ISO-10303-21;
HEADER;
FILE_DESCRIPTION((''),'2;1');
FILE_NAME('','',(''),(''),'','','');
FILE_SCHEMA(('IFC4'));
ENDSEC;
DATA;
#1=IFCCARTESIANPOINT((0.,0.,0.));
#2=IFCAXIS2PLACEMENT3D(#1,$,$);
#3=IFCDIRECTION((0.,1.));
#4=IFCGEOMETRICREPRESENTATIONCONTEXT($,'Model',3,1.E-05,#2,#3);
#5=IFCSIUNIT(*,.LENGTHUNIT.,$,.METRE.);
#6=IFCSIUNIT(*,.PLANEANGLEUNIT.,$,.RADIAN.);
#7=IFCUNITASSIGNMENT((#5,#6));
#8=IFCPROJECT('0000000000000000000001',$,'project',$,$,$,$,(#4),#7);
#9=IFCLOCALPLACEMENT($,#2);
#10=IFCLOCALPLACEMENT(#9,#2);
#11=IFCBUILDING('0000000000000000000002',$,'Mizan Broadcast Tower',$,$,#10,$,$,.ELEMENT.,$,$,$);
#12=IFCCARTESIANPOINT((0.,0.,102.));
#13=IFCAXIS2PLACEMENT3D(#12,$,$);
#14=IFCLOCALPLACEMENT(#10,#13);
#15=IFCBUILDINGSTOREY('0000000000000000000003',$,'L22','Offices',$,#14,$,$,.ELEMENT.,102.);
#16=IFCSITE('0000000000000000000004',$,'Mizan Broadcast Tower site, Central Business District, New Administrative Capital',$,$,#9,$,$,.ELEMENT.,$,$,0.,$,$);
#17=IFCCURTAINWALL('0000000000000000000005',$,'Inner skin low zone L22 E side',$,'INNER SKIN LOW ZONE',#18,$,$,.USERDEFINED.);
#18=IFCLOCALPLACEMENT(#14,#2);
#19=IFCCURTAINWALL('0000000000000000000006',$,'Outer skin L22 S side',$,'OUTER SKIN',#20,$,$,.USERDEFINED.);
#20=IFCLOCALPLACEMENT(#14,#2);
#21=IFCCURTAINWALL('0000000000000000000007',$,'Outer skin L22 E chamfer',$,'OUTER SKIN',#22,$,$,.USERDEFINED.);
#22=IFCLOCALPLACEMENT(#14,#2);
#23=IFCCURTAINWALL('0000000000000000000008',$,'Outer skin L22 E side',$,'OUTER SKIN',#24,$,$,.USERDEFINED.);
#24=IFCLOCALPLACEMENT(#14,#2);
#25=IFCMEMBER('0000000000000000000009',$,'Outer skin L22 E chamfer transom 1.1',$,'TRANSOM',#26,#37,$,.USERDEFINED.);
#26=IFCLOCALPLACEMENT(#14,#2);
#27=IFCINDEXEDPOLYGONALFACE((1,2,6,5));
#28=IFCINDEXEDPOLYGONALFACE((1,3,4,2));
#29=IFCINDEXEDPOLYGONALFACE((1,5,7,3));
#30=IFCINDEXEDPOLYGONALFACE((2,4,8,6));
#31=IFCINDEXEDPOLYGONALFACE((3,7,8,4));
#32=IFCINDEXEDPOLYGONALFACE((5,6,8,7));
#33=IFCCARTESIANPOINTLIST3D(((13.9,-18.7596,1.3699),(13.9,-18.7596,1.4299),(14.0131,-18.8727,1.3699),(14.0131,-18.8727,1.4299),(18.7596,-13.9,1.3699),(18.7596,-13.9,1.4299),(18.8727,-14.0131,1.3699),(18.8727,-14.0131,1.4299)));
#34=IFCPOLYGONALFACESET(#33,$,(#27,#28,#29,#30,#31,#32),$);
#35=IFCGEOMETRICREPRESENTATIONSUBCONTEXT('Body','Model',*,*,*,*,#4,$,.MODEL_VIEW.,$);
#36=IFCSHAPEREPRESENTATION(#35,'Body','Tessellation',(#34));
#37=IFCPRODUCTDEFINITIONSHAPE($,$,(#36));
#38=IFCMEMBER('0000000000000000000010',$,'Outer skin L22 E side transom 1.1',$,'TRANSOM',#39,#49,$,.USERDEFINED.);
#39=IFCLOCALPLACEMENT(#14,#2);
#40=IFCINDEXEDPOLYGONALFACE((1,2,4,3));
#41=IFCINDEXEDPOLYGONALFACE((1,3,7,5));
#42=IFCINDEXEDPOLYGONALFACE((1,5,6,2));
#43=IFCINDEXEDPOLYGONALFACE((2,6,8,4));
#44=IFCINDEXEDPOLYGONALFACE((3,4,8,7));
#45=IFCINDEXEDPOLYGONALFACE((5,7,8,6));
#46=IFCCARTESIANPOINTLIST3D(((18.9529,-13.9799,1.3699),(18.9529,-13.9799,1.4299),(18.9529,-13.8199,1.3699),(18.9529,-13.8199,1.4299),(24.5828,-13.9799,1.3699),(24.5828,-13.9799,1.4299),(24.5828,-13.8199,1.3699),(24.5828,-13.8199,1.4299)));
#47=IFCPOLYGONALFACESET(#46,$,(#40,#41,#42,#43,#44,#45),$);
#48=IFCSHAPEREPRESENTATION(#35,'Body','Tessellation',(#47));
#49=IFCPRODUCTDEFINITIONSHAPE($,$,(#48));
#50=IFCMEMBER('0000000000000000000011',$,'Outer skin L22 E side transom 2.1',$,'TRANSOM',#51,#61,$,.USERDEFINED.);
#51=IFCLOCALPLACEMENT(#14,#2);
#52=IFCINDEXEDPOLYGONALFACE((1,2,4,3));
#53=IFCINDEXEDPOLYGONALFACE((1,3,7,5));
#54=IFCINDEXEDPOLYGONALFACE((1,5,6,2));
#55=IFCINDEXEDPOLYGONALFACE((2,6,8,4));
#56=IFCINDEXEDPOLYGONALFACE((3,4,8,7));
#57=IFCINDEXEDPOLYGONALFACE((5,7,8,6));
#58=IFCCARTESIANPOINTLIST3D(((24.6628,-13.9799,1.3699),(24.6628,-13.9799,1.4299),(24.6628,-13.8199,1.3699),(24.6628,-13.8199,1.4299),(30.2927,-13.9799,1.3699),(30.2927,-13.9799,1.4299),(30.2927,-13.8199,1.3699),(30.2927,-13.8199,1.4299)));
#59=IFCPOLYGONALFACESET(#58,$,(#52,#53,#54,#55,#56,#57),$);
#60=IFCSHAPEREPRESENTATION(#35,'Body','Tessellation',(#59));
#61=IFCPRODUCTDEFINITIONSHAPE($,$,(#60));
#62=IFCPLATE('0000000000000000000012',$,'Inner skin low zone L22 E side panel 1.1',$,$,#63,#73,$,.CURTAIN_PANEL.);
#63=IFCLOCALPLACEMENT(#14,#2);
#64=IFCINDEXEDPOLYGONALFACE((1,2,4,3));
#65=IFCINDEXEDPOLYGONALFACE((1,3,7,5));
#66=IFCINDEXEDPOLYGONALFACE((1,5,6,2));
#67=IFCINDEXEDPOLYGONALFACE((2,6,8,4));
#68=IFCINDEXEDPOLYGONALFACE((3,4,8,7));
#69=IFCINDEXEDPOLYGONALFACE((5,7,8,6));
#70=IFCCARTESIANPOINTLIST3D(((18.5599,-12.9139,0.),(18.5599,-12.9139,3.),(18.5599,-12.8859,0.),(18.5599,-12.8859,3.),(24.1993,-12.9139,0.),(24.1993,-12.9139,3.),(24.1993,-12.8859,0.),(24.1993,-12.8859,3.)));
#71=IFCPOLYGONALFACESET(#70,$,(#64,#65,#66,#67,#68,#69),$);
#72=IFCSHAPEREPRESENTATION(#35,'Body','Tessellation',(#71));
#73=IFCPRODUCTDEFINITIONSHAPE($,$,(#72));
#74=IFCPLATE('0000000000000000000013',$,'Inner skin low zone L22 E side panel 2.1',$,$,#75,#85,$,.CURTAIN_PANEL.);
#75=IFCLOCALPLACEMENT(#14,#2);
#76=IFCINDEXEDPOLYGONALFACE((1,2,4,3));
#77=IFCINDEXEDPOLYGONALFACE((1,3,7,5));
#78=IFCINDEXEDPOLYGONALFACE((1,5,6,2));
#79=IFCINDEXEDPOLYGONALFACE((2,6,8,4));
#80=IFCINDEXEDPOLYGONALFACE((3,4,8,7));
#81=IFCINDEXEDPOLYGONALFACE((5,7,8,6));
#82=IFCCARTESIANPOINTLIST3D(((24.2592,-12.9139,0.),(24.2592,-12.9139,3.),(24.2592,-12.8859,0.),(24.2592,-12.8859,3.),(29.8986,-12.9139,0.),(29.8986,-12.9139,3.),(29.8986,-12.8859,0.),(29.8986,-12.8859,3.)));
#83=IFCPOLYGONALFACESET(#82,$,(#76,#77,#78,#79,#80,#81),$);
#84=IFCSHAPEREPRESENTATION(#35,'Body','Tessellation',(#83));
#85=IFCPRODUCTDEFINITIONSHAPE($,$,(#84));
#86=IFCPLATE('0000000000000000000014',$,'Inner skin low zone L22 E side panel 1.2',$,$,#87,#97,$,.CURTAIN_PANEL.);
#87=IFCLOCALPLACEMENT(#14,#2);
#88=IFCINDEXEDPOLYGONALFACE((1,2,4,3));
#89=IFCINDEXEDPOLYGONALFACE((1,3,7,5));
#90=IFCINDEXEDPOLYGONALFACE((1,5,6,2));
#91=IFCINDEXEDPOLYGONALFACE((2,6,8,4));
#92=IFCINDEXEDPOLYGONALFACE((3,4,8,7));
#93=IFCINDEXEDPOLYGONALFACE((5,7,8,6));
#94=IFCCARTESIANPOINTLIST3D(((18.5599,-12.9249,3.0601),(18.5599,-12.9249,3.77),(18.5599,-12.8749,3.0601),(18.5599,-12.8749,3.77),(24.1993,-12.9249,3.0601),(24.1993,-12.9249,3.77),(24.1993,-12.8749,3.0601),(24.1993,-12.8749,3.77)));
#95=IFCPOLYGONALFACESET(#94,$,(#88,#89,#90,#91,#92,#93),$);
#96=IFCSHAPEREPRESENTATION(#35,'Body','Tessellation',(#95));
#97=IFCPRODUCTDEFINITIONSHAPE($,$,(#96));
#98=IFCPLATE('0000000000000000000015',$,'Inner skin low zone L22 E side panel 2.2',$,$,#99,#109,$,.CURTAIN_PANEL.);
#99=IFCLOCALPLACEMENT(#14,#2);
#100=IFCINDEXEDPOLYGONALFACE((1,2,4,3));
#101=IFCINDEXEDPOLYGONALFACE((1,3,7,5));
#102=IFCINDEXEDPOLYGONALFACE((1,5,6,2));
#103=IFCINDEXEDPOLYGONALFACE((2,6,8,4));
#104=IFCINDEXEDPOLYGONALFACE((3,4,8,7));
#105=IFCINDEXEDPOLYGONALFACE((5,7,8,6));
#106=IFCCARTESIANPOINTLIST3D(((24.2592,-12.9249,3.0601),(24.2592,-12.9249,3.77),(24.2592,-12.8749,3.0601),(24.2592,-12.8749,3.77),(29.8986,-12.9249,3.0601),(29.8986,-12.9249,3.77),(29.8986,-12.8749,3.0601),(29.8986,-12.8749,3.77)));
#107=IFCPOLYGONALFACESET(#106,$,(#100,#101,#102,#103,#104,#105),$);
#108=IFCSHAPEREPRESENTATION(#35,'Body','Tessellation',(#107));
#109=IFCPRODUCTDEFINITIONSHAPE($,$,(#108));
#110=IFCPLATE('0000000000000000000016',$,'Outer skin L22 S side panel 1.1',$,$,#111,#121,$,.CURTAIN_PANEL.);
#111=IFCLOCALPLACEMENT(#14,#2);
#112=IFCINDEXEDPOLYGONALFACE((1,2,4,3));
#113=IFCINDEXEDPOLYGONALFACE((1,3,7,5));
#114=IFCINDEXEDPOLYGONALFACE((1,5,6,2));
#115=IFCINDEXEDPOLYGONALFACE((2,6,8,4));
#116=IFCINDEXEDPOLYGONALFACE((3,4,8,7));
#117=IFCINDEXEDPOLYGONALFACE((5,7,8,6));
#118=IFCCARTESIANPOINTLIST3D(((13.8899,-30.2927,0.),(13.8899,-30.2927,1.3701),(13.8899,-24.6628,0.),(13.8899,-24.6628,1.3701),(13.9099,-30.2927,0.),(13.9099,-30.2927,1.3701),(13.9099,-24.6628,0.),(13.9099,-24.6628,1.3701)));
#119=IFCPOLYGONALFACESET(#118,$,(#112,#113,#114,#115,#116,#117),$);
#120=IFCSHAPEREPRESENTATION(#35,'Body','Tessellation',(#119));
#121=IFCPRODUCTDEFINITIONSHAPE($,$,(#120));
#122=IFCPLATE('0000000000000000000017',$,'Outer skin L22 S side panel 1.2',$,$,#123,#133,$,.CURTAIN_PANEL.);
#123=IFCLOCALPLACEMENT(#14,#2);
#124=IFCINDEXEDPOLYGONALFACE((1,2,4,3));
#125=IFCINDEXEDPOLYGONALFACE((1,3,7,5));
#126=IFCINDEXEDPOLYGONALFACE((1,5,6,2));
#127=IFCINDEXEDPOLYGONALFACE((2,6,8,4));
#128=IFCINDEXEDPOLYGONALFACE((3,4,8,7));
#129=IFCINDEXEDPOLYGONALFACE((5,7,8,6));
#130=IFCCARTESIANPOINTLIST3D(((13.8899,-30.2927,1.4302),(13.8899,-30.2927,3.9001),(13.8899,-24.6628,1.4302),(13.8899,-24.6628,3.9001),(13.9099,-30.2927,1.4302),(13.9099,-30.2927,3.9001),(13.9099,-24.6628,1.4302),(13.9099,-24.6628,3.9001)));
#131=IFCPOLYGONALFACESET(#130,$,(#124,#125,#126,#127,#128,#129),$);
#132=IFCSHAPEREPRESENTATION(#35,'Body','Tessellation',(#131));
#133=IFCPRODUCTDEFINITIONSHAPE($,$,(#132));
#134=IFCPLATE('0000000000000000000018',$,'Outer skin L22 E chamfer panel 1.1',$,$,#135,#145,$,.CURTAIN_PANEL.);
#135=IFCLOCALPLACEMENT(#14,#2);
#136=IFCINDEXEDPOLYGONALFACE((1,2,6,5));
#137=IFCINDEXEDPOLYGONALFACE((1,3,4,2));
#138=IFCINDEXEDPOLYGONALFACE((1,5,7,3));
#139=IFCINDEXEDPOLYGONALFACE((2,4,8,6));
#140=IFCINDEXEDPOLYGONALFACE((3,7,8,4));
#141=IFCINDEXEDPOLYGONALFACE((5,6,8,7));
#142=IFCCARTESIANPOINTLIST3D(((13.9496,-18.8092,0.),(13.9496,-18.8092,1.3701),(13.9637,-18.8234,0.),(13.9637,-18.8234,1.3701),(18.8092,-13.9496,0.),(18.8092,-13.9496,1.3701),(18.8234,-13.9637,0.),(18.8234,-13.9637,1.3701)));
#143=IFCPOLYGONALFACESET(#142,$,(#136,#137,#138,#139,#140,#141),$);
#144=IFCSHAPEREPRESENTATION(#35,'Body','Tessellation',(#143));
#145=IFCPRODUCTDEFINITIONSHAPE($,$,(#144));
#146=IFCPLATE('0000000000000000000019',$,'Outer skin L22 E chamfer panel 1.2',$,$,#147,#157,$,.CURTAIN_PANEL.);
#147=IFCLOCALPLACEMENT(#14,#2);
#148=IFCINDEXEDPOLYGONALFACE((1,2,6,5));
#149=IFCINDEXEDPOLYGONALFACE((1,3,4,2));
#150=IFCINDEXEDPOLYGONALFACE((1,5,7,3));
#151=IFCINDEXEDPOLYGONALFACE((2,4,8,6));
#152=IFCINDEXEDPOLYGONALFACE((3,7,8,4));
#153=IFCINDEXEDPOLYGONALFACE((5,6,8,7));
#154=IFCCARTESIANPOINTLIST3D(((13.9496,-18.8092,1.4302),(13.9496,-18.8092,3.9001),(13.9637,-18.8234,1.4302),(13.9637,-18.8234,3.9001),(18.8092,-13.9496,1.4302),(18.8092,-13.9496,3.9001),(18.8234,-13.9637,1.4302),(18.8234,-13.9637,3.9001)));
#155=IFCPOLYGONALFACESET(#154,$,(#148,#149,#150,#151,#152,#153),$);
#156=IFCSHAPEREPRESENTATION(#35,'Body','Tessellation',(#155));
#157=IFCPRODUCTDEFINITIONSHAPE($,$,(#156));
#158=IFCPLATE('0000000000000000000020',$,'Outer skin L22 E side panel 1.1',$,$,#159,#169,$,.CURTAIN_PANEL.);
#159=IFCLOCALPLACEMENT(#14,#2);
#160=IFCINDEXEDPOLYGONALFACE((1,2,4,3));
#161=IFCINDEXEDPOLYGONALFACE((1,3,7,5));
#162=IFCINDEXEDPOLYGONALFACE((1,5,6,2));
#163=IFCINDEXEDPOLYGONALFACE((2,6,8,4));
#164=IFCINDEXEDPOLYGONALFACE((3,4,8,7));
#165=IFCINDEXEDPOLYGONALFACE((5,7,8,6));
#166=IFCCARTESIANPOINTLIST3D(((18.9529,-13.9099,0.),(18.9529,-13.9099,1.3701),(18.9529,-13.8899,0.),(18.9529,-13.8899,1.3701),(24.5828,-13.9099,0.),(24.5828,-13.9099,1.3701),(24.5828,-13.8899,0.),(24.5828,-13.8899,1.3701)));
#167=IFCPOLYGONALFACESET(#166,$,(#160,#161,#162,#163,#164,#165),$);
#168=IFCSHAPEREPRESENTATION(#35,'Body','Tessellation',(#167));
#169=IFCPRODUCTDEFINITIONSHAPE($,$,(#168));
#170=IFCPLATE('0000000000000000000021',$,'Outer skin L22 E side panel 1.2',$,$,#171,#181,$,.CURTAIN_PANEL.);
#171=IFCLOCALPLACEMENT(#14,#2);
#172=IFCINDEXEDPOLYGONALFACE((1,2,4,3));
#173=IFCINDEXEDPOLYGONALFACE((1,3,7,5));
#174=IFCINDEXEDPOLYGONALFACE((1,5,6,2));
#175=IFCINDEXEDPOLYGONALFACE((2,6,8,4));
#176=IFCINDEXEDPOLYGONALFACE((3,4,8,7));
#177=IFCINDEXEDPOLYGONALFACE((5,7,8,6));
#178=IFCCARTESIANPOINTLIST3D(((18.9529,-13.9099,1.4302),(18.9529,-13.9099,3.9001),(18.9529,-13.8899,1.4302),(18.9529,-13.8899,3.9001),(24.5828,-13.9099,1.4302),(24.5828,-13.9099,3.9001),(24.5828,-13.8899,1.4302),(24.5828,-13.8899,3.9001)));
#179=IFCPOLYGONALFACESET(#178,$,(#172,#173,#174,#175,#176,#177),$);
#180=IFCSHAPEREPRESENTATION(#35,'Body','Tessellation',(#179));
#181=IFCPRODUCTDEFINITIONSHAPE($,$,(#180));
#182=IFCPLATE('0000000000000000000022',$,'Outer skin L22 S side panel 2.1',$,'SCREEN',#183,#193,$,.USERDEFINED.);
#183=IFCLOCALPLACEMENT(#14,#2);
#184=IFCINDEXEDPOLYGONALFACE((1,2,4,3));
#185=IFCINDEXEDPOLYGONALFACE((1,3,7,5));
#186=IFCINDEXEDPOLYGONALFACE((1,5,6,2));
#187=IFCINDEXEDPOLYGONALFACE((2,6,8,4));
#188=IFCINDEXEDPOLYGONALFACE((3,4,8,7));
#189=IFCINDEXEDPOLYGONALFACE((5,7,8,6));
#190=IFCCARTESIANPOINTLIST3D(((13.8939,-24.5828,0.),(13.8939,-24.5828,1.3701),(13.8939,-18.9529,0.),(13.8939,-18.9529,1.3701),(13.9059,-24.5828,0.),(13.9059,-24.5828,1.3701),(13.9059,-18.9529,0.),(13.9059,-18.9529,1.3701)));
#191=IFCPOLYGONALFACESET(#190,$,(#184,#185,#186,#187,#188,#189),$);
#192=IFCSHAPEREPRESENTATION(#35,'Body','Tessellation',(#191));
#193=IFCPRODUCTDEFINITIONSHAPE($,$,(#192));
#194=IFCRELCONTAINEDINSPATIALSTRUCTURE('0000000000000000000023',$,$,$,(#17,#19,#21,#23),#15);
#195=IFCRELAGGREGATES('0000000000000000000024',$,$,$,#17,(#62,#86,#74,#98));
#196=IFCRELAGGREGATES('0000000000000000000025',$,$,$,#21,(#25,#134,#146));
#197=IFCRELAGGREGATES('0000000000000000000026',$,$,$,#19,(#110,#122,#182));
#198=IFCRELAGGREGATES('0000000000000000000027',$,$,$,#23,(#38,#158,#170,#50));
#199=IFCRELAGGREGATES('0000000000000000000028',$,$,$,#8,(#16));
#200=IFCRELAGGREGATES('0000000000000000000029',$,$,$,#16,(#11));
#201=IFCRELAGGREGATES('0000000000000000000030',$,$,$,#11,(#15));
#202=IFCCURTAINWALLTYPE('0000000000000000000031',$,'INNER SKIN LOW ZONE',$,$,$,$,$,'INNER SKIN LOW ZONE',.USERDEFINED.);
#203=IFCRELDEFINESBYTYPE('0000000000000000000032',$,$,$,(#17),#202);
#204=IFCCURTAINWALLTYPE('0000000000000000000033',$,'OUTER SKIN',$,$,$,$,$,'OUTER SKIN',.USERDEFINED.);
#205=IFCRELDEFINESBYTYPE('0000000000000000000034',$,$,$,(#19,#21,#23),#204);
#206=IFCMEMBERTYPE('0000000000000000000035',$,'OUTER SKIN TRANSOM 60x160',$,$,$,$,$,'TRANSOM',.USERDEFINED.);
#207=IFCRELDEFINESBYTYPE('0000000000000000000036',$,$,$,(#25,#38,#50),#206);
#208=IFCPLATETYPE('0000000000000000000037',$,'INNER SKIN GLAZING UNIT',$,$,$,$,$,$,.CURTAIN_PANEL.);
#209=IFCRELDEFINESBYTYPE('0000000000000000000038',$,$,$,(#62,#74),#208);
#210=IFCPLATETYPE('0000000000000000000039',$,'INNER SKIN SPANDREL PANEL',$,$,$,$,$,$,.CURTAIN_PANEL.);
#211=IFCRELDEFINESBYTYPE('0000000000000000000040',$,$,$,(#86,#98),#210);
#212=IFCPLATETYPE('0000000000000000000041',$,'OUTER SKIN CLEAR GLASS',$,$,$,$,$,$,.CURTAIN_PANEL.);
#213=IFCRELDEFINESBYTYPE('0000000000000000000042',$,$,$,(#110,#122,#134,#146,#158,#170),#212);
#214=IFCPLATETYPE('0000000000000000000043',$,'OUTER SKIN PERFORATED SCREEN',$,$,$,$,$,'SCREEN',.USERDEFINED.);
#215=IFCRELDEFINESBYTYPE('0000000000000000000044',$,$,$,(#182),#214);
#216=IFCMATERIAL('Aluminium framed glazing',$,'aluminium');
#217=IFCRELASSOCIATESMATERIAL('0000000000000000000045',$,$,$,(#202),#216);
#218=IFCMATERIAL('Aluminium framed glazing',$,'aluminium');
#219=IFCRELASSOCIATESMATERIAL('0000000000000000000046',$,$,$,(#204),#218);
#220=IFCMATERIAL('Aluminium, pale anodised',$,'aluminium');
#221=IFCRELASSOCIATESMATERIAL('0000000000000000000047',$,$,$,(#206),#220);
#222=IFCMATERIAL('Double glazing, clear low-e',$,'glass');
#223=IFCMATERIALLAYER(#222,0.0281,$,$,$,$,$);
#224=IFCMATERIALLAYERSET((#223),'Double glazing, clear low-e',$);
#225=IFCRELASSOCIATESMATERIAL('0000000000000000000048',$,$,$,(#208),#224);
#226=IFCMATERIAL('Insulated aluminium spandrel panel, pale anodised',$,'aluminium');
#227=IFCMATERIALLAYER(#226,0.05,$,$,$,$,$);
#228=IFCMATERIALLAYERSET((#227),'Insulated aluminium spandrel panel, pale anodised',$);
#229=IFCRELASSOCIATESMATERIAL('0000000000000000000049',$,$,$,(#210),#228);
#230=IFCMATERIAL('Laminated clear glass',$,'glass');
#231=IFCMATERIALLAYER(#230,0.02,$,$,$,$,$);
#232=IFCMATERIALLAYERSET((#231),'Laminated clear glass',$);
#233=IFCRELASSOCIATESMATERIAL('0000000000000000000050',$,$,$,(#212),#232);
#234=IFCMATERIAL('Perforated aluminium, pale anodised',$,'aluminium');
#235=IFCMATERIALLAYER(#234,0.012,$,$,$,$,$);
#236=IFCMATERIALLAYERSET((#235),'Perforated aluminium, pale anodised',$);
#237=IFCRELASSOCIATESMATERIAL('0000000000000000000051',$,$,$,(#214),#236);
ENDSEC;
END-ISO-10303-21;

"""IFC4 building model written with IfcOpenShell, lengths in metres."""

from ifc_helpers import new_model, si_unit, direction, frame, origin, origin_2d, place, context, subcontext, project, spatial, rectangle, extrude, material, layer, layer_set, material_profile, profile_set, type_object, element, aggregate, save


model = new_model("IFC4")

# Units and contexts
model_context = context("Model", 3, precision=1e-05, world=origin(), true_north=direction((0.0, 1.0)))
body_context = subcontext(model_context, "Body", "Model", "MODEL_VIEW")
ifc_project = project(units=[si_unit("LENGTHUNIT", "METRE"), si_unit("PLANEANGLEUNIT", "RADIAN")], contexts=[model_context])

# Site, building, storey
site_placement = place(None, origin())
site = spatial("IfcSite", under=ifc_project, at=site_placement, Name="Mizan Broadcast Tower site, Central Business District, New Administrative Capital", CompositionType="ELEMENT", RefElevation=0.0)
building_placement = place(site_placement, origin())
building = spatial("IfcBuilding", under=site, at=building_placement, Name="Mizan Broadcast Tower", CompositionType="ELEMENT")
storey_placement = place(building_placement, frame((0.0, 0.0, 102.0)))
storey = spatial("IfcBuildingStorey", under=building, at=storey_placement, Name="L22", Description="Offices", CompositionType="ELEMENT", Elevation=102.0)

# Curtain wall
ifc_material_1 = material(Name="Aluminium framed glazing", Category="aluminium")
curtain_wall_type_1 = type_object("IfcCurtainWallType", Name="INNER SKIN LOW ZONE", ElementType="INNER SKIN LOW ZONE", PredefinedType="USERDEFINED", material=ifc_material_1)
curtain_wall_1_placement = place(storey_placement, origin())
curtain_wall_1 = element("IfcCurtainWall", 1, at=curtain_wall_1_placement, inside=storey, type_object=curtain_wall_type_1, Name="Inner skin low zone L22 E side", ObjectType="INNER SKIN LOW ZONE", PredefinedType="USERDEFINED")

# Shared definitions
ifc_material_2 = material(Name="Aluminium framed glazing", Category="aluminium")
curtain_wall_type_2 = type_object("IfcCurtainWallType", Name="OUTER SKIN", ElementType="OUTER SKIN", PredefinedType="USERDEFINED", material=ifc_material_2)

# Curtain wall
curtain_wall_2_placement = place(storey_placement, origin())
curtain_wall_2 = element("IfcCurtainWall", 2, at=curtain_wall_2_placement, inside=storey, type_object=curtain_wall_type_2, Name="Outer skin L22 S side", ObjectType="OUTER SKIN", PredefinedType="USERDEFINED")

# Curtain wall
curtain_wall_3_placement = place(storey_placement, origin())
curtain_wall_3 = element("IfcCurtainWall", 3, at=curtain_wall_3_placement, inside=storey, type_object=curtain_wall_type_2, Name="Outer skin L22 E chamfer", ObjectType="OUTER SKIN", PredefinedType="USERDEFINED")

# Curtain wall
curtain_wall_4_placement = place(storey_placement, origin())
curtain_wall_4 = element("IfcCurtainWall", 4, at=curtain_wall_4_placement, inside=storey, type_object=curtain_wall_type_2, Name="Outer skin L22 E side", ObjectType="OUTER SKIN", PredefinedType="USERDEFINED")

# Shared definitions
ifc_material_3 = material(Name="Aluminium, pale anodised", Category="aluminium")
ifc_material_profile_1 = material_profile(ifc_material_3, rectangle(XDim=0.1599, YDim=0.0601, at=origin_2d()), Name="TRANSOM 160x60")
ifc_profile_set_1 = profile_set([ifc_material_profile_1], Name="Aluminium, pale anodised")
member_type_1 = type_object("IfcMemberType", Name="OUTER SKIN TRANSOM 60x160", ElementType="TRANSOM", PredefinedType="USERDEFINED", material=ifc_profile_set_1)

# Members
member_1_placement = place(storey_placement, frame((13.9565, -18.8162, 1.3999), z_axis=(0.707107, 0.707107, 0.0), x_axis=(-0.707107, 0.707107, 0.0)))
member_1 = element("IfcMember", 5, at=member_1_placement, type_object=member_type_1, Name="Outer skin L22 E chamfer transom 1.1", ObjectType="TRANSOM", PredefinedType="USERDEFINED", context=body_context, shape_type="SweptSolid", body=[
    extrude(rectangle(XDim=0.1599, YDim=0.0601, at=origin_2d()), origin(), (0.0, 0.0, 1.0), 6.8726),
])
member_2_placement = place(storey_placement, frame((18.9529, -13.8999, 1.3999), z_axis=(1.0, 0.0, 0.0), x_axis=(0.0, 1.0, 0.0)))
member_2 = element("IfcMember", 6, at=member_2_placement, type_object=member_type_1, Name="Outer skin L22 E side transom 1.1", ObjectType="TRANSOM", PredefinedType="USERDEFINED", context=body_context, shape_type="SweptSolid", body=[
    extrude(rectangle(XDim=0.1599, YDim=0.0601, at=origin_2d()), origin(), (0.0, 0.0, 1.0), 5.6299),
])
member_3_placement = place(storey_placement, frame((24.6628, -13.8999, 1.3999), z_axis=(1.0, 0.0, 0.0), x_axis=(0.0, 1.0, 0.0)))
member_3 = element("IfcMember", 7, at=member_3_placement, type_object=member_type_1, Name="Outer skin L22 E side transom 2.1", ObjectType="TRANSOM", PredefinedType="USERDEFINED", context=body_context, shape_type="SweptSolid", body=[
    extrude(rectangle(XDim=0.1599, YDim=0.0601, at=origin_2d()), origin(), (0.0, 0.0, 1.0), 5.6299),
])

# Plates
ifc_material_4 = material(Name="Double glazing, clear low-e", Category="glass")
ifc_layer_1 = layer(ifc_material_4, 0.0281)
ifc_layer_set_1 = layer_set([ifc_layer_1], Name="Double glazing, clear low-e")
plate_type_1 = type_object("IfcPlateType", Name="INNER SKIN GLAZING UNIT", PredefinedType="CURTAIN_PANEL", material=ifc_layer_set_1)
plate_1_placement = place(storey_placement, frame((21.3796, -12.8999, 0.0), z_axis=(0.0, 0.0, 1.0), x_axis=(1.0, 0.0, 0.0)))
plate_1 = element("IfcPlate", 8, at=plate_1_placement, type_object=plate_type_1, Name="Inner skin low zone L22 E side panel 1.1", PredefinedType="CURTAIN_PANEL", context=body_context, shape_type="SweptSolid", body=[
    extrude(rectangle(XDim=5.6394, YDim=0.0281, at=origin_2d()), origin(), (0.0, 0.0, 1.0), 3.0),
])
plate_2_placement = place(storey_placement, frame((27.0789, -12.8999, 0.0), z_axis=(0.0, 0.0, 1.0), x_axis=(1.0, 0.0, 0.0)))
plate_2 = element("IfcPlate", 9, at=plate_2_placement, type_object=plate_type_1, Name="Inner skin low zone L22 E side panel 2.1", PredefinedType="CURTAIN_PANEL", context=body_context, shape_type="SweptSolid", body=[
    extrude(rectangle(XDim=5.6394, YDim=0.0281, at=origin_2d()), origin(), (0.0, 0.0, 1.0), 3.0),
])
ifc_material_5 = material(Name="Insulated aluminium spandrel panel, pale anodised", Category="aluminium")
ifc_layer_2 = layer(ifc_material_5, 0.05)
ifc_layer_set_2 = layer_set([ifc_layer_2], Name="Insulated aluminium spandrel panel, pale anodised")
plate_type_2 = type_object("IfcPlateType", Name="INNER SKIN SPANDREL PANEL", PredefinedType="CURTAIN_PANEL", material=ifc_layer_set_2)
plate_3_placement = place(storey_placement, frame((21.3796, -12.8999, 3.0601), z_axis=(0.0, 0.0, 1.0), x_axis=(1.0, 0.0, 0.0)))
plate_3 = element("IfcPlate", 10, at=plate_3_placement, type_object=plate_type_2, Name="Inner skin low zone L22 E side panel 1.2", PredefinedType="CURTAIN_PANEL", context=body_context, shape_type="SweptSolid", body=[
    extrude(rectangle(XDim=5.6394, YDim=0.05, at=origin_2d()), origin(), (0.0, 0.0, 1.0), 0.71),
])
plate_4_placement = place(storey_placement, frame((27.0789, -12.8999, 3.0601), z_axis=(0.0, 0.0, 1.0), x_axis=(1.0, 0.0, 0.0)))
plate_4 = element("IfcPlate", 11, at=plate_4_placement, type_object=plate_type_2, Name="Inner skin low zone L22 E side panel 2.2", PredefinedType="CURTAIN_PANEL", context=body_context, shape_type="SweptSolid", body=[
    extrude(rectangle(XDim=5.6394, YDim=0.05, at=origin_2d()), origin(), (0.0, 0.0, 1.0), 0.71),
])
aggregate(curtain_wall_1, [plate_1, plate_3, plate_2, plate_4])
ifc_material_6 = material(Name="Laminated clear glass", Category="glass")
ifc_layer_3 = layer(ifc_material_6, 0.02)
ifc_layer_set_3 = layer_set([ifc_layer_3], Name="Laminated clear glass")
plate_type_3 = type_object("IfcPlateType", Name="OUTER SKIN CLEAR GLASS", PredefinedType="CURTAIN_PANEL", material=ifc_layer_set_3)
plate_5_placement = place(storey_placement, frame((13.8999, -27.4778, 0.0), z_axis=(0.0, 0.0, 1.0), x_axis=(0.0, 1.0, 0.0)))
plate_5 = element("IfcPlate", 12, at=plate_5_placement, type_object=plate_type_3, Name="Outer skin L22 S side panel 1.1", PredefinedType="CURTAIN_PANEL", context=body_context, shape_type="SweptSolid", body=[
    extrude(rectangle(XDim=5.6299, YDim=0.02, at=origin_2d()), origin(), (0.0, 0.0, 1.0), 1.3701),
])
plate_6_placement = place(storey_placement, frame((13.8999, -27.4778, 1.4302), z_axis=(0.0, 0.0, 1.0), x_axis=(0.0, 1.0, 0.0)))
plate_6 = element("IfcPlate", 13, at=plate_6_placement, type_object=plate_type_3, Name="Outer skin L22 S side panel 1.2", PredefinedType="CURTAIN_PANEL", context=body_context, shape_type="SweptSolid", body=[
    extrude(rectangle(XDim=5.6299, YDim=0.02, at=origin_2d()), origin(), (0.0, 0.0, 1.0), 2.47),
])
plate_7_placement = place(storey_placement, frame((16.3865, -16.3865, 0.0), z_axis=(0.0, 0.0, 1.0), x_axis=(0.707107, 0.707107, 0.0)))
plate_7 = element("IfcPlate", 14, at=plate_7_placement, type_object=plate_type_3, Name="Outer skin L22 E chamfer panel 1.1", PredefinedType="CURTAIN_PANEL", context=body_context, shape_type="SweptSolid", body=[
    extrude(rectangle(XDim=6.8726, YDim=0.02, at=origin_2d()), origin(), (0.0, 0.0, 1.0), 1.3701),
])
plate_8_placement = place(storey_placement, frame((16.3865, -16.3865, 1.4302), z_axis=(0.0, 0.0, 1.0), x_axis=(0.707107, 0.707107, 0.0)))
plate_8 = element("IfcPlate", 15, at=plate_8_placement, type_object=plate_type_3, Name="Outer skin L22 E chamfer panel 1.2", PredefinedType="CURTAIN_PANEL", context=body_context, shape_type="SweptSolid", body=[
    extrude(rectangle(XDim=6.8726, YDim=0.02, at=origin_2d()), origin(), (0.0, 0.0, 1.0), 2.47),
])
aggregate(curtain_wall_3, [member_1, plate_7, plate_8])
plate_9_placement = place(storey_placement, frame((21.7678, -13.8999, 0.0), z_axis=(0.0, 0.0, 1.0), x_axis=(1.0, 0.0, 0.0)))
plate_9 = element("IfcPlate", 16, at=plate_9_placement, type_object=plate_type_3, Name="Outer skin L22 E side panel 1.1", PredefinedType="CURTAIN_PANEL", context=body_context, shape_type="SweptSolid", body=[
    extrude(rectangle(XDim=5.6299, YDim=0.02, at=origin_2d()), origin(), (0.0, 0.0, 1.0), 1.3701),
])
plate_10_placement = place(storey_placement, frame((21.7678, -13.8999, 1.4302), z_axis=(0.0, 0.0, 1.0), x_axis=(1.0, 0.0, 0.0)))
plate_10 = element("IfcPlate", 17, at=plate_10_placement, type_object=plate_type_3, Name="Outer skin L22 E side panel 1.2", PredefinedType="CURTAIN_PANEL", context=body_context, shape_type="SweptSolid", body=[
    extrude(rectangle(XDim=5.6299, YDim=0.02, at=origin_2d()), origin(), (0.0, 0.0, 1.0), 2.47),
])
ifc_material_7 = material(Name="Perforated aluminium, pale anodised", Category="aluminium")
ifc_layer_4 = layer(ifc_material_7, 0.012)
ifc_layer_set_4 = layer_set([ifc_layer_4], Name="Perforated aluminium, pale anodised")
plate_type_4 = type_object("IfcPlateType", Name="OUTER SKIN PERFORATED SCREEN", ElementType="SCREEN", PredefinedType="USERDEFINED", material=ifc_layer_set_4)
plate_11_placement = place(storey_placement, frame((13.8999, -21.7678, 0.0), z_axis=(0.0, 0.0, 1.0), x_axis=(0.0, 1.0, 0.0)))
plate_11 = element("IfcPlate", 18, at=plate_11_placement, type_object=plate_type_4, Name="Outer skin L22 S side panel 2.1", ObjectType="SCREEN", PredefinedType="USERDEFINED", context=body_context, shape_type="SweptSolid", body=[
    extrude(rectangle(XDim=5.6299, YDim=0.012, at=origin_2d()), origin(), (0.0, 0.0, 1.0), 1.3701),
])
aggregate(curtain_wall_2, [plate_5, plate_6, plate_11])
aggregate(curtain_wall_4, [member_2, plate_9, plate_10, member_3])

save(model, "model.ifc")
